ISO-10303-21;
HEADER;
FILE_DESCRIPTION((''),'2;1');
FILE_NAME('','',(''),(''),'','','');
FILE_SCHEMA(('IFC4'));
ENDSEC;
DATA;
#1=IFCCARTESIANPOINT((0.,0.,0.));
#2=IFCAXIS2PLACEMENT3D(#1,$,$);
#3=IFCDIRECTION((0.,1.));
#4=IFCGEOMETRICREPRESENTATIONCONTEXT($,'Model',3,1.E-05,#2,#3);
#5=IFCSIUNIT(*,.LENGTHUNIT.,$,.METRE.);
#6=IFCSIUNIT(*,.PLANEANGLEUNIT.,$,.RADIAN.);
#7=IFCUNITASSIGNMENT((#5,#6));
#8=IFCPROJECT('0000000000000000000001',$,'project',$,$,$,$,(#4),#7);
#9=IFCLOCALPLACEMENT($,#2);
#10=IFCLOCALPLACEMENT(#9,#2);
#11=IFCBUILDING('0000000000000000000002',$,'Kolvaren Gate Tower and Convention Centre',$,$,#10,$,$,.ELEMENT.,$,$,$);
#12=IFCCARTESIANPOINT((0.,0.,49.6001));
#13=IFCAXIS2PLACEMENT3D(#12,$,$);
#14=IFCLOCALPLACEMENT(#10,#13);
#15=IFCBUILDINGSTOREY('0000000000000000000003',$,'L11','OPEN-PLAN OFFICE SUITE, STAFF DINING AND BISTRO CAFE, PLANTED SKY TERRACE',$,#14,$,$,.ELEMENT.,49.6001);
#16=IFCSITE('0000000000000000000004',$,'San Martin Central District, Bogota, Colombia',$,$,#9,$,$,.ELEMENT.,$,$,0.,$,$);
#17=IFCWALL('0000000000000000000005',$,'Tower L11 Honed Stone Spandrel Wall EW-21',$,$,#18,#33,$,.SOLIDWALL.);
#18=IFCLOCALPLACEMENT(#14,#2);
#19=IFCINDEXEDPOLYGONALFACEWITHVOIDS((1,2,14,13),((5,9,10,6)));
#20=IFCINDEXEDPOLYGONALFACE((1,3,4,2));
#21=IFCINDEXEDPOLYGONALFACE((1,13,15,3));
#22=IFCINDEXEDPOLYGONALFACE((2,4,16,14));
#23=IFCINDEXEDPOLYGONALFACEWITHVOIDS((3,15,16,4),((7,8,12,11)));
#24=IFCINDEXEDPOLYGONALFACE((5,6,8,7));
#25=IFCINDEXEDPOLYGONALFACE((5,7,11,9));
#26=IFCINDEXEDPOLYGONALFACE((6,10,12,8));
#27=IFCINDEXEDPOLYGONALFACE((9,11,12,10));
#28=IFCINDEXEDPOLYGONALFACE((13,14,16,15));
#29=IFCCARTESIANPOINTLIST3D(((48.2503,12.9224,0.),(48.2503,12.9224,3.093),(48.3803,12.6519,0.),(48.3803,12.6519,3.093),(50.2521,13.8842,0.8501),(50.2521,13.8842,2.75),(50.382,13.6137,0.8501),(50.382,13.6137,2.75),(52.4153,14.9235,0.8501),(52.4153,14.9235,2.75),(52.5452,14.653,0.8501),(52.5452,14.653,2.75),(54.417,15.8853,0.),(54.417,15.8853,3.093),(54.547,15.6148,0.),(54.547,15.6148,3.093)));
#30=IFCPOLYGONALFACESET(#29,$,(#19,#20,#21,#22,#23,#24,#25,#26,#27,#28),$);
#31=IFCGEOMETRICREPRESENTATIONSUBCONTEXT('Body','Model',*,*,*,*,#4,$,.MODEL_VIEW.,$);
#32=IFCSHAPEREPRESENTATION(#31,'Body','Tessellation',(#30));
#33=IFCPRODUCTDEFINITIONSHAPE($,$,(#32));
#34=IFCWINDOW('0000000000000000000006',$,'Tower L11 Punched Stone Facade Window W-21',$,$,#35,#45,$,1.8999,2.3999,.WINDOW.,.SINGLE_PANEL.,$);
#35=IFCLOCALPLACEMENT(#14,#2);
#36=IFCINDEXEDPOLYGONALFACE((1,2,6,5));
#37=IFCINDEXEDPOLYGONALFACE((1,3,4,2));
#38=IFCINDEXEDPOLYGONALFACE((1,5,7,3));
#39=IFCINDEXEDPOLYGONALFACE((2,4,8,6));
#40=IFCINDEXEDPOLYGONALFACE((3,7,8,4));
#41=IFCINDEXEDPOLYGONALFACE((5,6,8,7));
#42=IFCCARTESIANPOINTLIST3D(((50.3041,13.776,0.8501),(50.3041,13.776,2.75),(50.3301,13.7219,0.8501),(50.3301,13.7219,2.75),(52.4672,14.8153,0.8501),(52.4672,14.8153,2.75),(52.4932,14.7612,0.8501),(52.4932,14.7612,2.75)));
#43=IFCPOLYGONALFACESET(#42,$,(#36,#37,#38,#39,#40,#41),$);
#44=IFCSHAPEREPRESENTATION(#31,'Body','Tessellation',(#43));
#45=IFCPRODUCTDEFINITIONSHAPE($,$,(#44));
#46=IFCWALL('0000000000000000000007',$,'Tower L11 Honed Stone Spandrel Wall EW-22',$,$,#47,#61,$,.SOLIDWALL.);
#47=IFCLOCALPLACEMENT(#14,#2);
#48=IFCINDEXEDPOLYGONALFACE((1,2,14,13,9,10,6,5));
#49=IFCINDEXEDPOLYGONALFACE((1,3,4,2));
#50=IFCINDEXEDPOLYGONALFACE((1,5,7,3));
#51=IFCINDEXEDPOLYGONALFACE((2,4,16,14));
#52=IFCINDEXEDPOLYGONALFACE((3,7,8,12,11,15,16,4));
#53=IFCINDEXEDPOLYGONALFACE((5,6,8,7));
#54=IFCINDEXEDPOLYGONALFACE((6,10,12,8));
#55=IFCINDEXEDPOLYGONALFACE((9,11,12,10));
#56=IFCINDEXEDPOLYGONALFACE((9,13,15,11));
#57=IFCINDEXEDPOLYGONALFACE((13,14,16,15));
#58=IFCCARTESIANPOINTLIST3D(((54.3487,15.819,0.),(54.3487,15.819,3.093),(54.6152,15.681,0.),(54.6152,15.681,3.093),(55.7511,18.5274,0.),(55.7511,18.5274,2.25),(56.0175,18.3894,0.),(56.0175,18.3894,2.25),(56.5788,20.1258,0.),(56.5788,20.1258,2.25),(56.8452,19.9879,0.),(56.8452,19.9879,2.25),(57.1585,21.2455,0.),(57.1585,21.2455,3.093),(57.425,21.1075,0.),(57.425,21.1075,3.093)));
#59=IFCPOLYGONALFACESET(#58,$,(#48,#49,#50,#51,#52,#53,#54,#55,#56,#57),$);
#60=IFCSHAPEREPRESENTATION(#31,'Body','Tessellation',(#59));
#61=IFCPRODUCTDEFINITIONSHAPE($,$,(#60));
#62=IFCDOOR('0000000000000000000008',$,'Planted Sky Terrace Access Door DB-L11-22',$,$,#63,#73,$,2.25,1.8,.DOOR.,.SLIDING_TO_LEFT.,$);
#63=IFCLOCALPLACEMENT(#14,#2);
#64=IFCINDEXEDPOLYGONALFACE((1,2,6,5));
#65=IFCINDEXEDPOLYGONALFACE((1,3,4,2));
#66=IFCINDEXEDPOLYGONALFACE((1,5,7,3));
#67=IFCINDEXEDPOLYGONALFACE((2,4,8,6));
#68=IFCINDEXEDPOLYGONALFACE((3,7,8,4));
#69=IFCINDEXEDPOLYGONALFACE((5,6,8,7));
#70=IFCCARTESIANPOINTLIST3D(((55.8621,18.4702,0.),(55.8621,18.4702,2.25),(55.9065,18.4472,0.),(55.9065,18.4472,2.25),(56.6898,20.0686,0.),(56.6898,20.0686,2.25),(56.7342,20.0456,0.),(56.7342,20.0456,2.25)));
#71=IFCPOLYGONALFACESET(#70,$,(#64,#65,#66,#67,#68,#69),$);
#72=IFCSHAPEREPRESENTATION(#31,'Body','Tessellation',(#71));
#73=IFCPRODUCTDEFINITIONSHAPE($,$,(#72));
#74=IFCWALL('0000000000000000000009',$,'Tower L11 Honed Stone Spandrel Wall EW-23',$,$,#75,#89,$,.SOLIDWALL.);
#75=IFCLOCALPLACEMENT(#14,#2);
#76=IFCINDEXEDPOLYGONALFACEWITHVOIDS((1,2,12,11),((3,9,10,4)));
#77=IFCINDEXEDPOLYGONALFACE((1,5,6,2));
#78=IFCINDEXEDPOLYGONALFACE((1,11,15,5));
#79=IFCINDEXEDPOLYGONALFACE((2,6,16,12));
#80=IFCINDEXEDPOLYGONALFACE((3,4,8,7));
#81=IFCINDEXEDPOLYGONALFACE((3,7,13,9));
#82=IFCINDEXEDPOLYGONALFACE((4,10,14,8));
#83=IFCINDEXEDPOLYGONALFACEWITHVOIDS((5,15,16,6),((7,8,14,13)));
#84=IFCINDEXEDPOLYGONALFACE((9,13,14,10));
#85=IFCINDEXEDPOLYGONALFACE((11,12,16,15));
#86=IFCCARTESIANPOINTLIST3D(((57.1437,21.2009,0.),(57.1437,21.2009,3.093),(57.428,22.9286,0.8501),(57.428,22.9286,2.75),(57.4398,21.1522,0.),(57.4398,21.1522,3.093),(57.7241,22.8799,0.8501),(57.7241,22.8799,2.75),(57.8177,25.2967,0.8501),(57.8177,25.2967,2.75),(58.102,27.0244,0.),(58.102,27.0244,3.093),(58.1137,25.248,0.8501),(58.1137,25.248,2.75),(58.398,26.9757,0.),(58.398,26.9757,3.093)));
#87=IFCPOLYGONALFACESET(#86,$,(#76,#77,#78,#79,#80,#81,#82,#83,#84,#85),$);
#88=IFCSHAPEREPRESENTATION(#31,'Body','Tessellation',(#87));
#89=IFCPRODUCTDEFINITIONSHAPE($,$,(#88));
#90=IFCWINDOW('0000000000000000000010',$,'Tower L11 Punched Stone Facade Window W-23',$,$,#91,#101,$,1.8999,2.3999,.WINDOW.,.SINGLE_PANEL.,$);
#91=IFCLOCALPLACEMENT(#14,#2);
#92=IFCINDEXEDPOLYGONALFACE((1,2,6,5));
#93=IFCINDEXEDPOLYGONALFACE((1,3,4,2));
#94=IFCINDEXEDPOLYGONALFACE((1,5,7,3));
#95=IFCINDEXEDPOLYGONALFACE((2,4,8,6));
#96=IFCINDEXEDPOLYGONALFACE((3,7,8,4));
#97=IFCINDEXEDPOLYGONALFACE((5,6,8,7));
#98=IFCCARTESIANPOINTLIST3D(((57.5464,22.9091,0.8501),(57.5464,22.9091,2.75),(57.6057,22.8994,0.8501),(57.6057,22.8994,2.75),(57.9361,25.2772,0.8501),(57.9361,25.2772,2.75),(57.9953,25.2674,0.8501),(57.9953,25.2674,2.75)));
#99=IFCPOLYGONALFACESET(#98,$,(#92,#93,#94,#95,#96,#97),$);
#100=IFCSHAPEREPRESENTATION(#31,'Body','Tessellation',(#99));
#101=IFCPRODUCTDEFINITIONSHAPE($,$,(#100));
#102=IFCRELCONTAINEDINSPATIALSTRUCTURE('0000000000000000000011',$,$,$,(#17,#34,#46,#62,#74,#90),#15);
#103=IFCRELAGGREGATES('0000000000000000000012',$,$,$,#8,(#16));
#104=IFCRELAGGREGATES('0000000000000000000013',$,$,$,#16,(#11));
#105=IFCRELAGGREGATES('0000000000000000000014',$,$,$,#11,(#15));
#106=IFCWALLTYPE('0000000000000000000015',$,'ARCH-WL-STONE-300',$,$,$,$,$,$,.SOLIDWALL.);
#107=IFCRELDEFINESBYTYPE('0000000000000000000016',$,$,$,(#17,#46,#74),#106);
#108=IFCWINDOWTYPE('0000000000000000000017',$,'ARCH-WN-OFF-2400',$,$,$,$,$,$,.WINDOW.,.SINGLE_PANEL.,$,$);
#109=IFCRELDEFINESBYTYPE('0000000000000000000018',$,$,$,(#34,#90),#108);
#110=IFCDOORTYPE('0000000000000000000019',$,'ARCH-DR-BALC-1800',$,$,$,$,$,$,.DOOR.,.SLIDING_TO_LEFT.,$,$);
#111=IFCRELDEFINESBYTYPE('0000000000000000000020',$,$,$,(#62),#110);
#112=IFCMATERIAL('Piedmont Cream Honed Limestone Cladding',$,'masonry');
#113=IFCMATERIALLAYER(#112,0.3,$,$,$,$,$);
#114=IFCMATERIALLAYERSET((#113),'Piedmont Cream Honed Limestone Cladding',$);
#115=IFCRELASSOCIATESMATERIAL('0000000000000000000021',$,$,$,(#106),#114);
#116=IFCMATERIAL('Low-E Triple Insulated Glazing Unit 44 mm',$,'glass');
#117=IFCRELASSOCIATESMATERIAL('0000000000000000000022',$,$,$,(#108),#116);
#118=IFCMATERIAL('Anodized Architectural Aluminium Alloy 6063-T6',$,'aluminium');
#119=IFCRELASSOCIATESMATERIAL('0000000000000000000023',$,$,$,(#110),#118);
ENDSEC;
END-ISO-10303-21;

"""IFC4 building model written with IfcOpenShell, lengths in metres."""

from ifc_helpers import new_model, si_unit, direction, frame, frame_2d, origin, place, context, subcontext, project, spatial, rectangle, extrude, material, layer, layer_set, type_object, element, fill, save


model = new_model("IFC4")

# Units and contexts
model_context = context("Model", 3, precision=1e-05, world=origin(), true_north=direction((0.0, 1.0)))
body_context = subcontext(model_context, "Body", "Model", "MODEL_VIEW")
ifc_project = project(units=[si_unit("LENGTHUNIT", "METRE"), si_unit("PLANEANGLEUNIT", "RADIAN")], contexts=[model_context])

# Site, building, storey
site_placement = place(None, origin())
site = spatial("IfcSite", under=ifc_project, at=site_placement, Name="San Martin Central District, Bogota, Colombia", CompositionType="ELEMENT", RefElevation=0.0)
building_placement = place(site_placement, origin())
building = spatial("IfcBuilding", under=site, at=building_placement, Name="Kolvaren Gate Tower and Convention Centre", CompositionType="ELEMENT")
storey_placement = place(building_placement, frame((0.0, 0.0, 49.6001)))
storey = spatial("IfcBuildingStorey", under=building, at=storey_placement, Name="L11", Description="OPEN-PLAN OFFICE SUITE, STAFF DINING AND BISTRO CAFE, PLANTED SKY TERRACE", CompositionType="ELEMENT", Elevation=49.6001)

# Shared definitions
ifc_material_1 = material(Name="Piedmont Cream Honed Limestone Cladding", Category="masonry")

# Wall, opening, window
ifc_layer_1 = layer(ifc_material_1, 0.3)
ifc_layer_set_1 = layer_set([ifc_layer_1], Name="Piedmont Cream Honed Limestone Cladding")
wall_type_1 = type_object("IfcWallType", Name="ARCH-WL-STONE-300", PredefinedType="SOLIDWALL", material=ifc_layer_set_1)
ifc_material_2 = material(Name="Low-E Triple Insulated Glazing Unit 44 mm", Category="glass")
window_type = type_object("IfcWindowType", Name="ARCH-WN-OFF-2400", PartitioningType="SINGLE_PANEL", PredefinedType="WINDOW", material=ifc_material_2)
wall_1_placement = place(storey_placement, frame((48.3152, 12.7871, 0.0), z_axis=(0.0, 0.0, 1.0), x_axis=(0.90136, 0.43307, 0.0)))
wall_1 = element("IfcWall", 1, at=wall_1_placement, inside=storey, type_object=wall_type_1, Name="Tower L11 Honed Stone Spandrel Wall EW-21", PredefinedType="SOLIDWALL", context=body_context, shape_type="SweptSolid", body=[
    extrude(rectangle(XDim=6.8416, YDim=0.3, at=frame_2d((3.4209, 0.0))), origin(), (0.0, 0.0, 1.0), 3.093),
])
opening_1_placement = place(wall_1_placement, frame((2.2209, 0.0, 0.8501)))
opening_1 = element("IfcOpeningElement", 2, at=opening_1_placement, cuts=wall_1, PredefinedType="OPENING", context=body_context, shape_type="SweptSolid", body=[
    extrude(rectangle(XDim=2.3999, YDim=1.8999, at=frame_2d((1.2, 0.95))), frame((0.0, 0.1599, 0.0), z_axis=(0.0, -1.0, 0.0), x_axis=(1.0, 0.0, 0.0)), (0.0, 0.0, 1.0), 0.3201),
])
window_1_placement = place(opening_1_placement, origin())
window_1 = element("IfcWindow", 3, at=window_1_placement, inside=storey, type_object=window_type, Name="Tower L11 Punched Stone Facade Window W-21", OverallHeight=1.8999, OverallWidth=2.3999, PartitioningType="SINGLE_PANEL", PredefinedType="WINDOW", context=body_context, shape_type="SweptSolid", body=[
    extrude(rectangle(XDim=2.3999, YDim=1.8999, at=frame_2d((1.2, 0.95))), frame((0.0, 0.03, 0.0), z_axis=(0.0, -1.0, 0.0), x_axis=(1.0, 0.0, 0.0)), (0.0, 0.0, 1.0), 0.0601),
])
fill(opening_1, window_1)

# Wall, opening, door
wall_2_placement = place(storey_placement, frame((54.4819, 15.75, 0.0), z_axis=(0.0, 0.0, 1.0), x_axis=(0.45981, 0.888017, 0.0)))
wall_2 = element("IfcWall", 4, at=wall_2_placement, inside=storey, type_object=wall_type_1, Name="Tower L11 Honed Stone Spandrel Wall EW-22", PredefinedType="SOLIDWALL", context=body_context, shape_type="SweptSolid", body=[
    extrude(rectangle(XDim=6.1108, YDim=0.3, at=frame_2d((3.0554, 0.0))), origin(), (0.0, 0.0, 1.0), 3.093),
])
opening_2_placement = place(wall_2_placement, frame((3.05, 0.0, 0.0)))
opening_2 = element("IfcOpeningElement", 5, at=opening_2_placement, cuts=wall_2, PredefinedType="OPENING", context=body_context, shape_type="SweptSolid", body=[
    extrude(rectangle(XDim=1.8, YDim=2.25, at=frame_2d((0.8999, 1.125))), frame((0.0, 0.1599, 0.0), z_axis=(0.0, -1.0, 0.0), x_axis=(1.0, 0.0, 0.0)), (0.0, 0.0, 1.0), 0.3201),
])
ifc_material_3 = material(Name="Anodized Architectural Aluminium Alloy 6063-T6", Category="aluminium")
door_type_1 = type_object("IfcDoorType", Name="ARCH-DR-BALC-1800", OperationType="SLIDING_TO_LEFT", PredefinedType="DOOR", material=ifc_material_3)
door_1_placement = place(opening_2_placement, frame((1.8, 0.0, 0.0), z_axis=(0.0, 0.0, 1.0), x_axis=(-1.0, 0.0, 0.0)))
door_1 = element("IfcDoor", 6, at=door_1_placement, inside=storey, type_object=door_type_1, Name="Planted Sky Terrace Access Door DB-L11-22", OperationType="SLIDING_TO_LEFT", OverallHeight=2.25, OverallWidth=1.8, PredefinedType="DOOR", context=body_context, shape_type="SweptSolid", body=[
    extrude(rectangle(XDim=1.8, YDim=2.25, at=frame_2d((0.8999, 1.125))), frame((0.0, 0.0249, 0.0), z_axis=(0.0, -1.0, 0.0), x_axis=(1.0, 0.0, 0.0)), (0.0, 0.0, 1.0), 0.05),
])
fill(opening_2, door_1)

# Wall, opening, window
wall_3_placement = place(storey_placement, frame((57.2917, 21.1765, 0.0), z_axis=(0.0, 0.0, 1.0), x_axis=(0.162366, 0.986731, 0.0)))
wall_3 = element("IfcWall", 7, at=wall_3_placement, inside=storey, type_object=wall_type_1, Name="Tower L11 Honed Stone Spandrel Wall EW-23", PredefinedType="SOLIDWALL", context=body_context, shape_type="SweptSolid", body=[
    extrude(rectangle(XDim=5.9019, YDim=0.3, at=frame_2d((2.9509, 0.0))), origin(), (0.0, 0.0, 1.0), 3.093),
])
opening_3_placement = place(wall_3_placement, frame((1.751, 0.0, 0.8501)))
opening_3 = element("IfcOpeningElement", 8, at=opening_3_placement, cuts=wall_3, PredefinedType="OPENING", context=body_context, shape_type="SweptSolid", body=[
    extrude(rectangle(XDim=2.3999, YDim=1.8999, at=frame_2d((1.2, 0.95))), frame((0.0, 0.1599, 0.0), z_axis=(0.0, -1.0, 0.0), x_axis=(1.0, 0.0, 0.0)), (0.0, 0.0, 1.0), 0.3201),
])
window_2_placement = place(opening_3_placement, origin())
window_2 = element("IfcWindow", 9, at=window_2_placement, inside=storey, type_object=window_type, Name="Tower L11 Punched Stone Facade Window W-23", OverallHeight=1.8999, OverallWidth=2.3999, PartitioningType="SINGLE_PANEL", PredefinedType="WINDOW", context=body_context, shape_type="SweptSolid", body=[
    extrude(rectangle(XDim=2.3999, YDim=1.8999, at=frame_2d((1.2, 0.95))), frame((0.0, 0.03, 0.0), z_axis=(0.0, -1.0, 0.0), x_axis=(1.0, 0.0, 0.0)), (0.0, 0.0, 1.0), 0.0601),
])
fill(opening_3, window_2)

save(model, "model.ifc")
